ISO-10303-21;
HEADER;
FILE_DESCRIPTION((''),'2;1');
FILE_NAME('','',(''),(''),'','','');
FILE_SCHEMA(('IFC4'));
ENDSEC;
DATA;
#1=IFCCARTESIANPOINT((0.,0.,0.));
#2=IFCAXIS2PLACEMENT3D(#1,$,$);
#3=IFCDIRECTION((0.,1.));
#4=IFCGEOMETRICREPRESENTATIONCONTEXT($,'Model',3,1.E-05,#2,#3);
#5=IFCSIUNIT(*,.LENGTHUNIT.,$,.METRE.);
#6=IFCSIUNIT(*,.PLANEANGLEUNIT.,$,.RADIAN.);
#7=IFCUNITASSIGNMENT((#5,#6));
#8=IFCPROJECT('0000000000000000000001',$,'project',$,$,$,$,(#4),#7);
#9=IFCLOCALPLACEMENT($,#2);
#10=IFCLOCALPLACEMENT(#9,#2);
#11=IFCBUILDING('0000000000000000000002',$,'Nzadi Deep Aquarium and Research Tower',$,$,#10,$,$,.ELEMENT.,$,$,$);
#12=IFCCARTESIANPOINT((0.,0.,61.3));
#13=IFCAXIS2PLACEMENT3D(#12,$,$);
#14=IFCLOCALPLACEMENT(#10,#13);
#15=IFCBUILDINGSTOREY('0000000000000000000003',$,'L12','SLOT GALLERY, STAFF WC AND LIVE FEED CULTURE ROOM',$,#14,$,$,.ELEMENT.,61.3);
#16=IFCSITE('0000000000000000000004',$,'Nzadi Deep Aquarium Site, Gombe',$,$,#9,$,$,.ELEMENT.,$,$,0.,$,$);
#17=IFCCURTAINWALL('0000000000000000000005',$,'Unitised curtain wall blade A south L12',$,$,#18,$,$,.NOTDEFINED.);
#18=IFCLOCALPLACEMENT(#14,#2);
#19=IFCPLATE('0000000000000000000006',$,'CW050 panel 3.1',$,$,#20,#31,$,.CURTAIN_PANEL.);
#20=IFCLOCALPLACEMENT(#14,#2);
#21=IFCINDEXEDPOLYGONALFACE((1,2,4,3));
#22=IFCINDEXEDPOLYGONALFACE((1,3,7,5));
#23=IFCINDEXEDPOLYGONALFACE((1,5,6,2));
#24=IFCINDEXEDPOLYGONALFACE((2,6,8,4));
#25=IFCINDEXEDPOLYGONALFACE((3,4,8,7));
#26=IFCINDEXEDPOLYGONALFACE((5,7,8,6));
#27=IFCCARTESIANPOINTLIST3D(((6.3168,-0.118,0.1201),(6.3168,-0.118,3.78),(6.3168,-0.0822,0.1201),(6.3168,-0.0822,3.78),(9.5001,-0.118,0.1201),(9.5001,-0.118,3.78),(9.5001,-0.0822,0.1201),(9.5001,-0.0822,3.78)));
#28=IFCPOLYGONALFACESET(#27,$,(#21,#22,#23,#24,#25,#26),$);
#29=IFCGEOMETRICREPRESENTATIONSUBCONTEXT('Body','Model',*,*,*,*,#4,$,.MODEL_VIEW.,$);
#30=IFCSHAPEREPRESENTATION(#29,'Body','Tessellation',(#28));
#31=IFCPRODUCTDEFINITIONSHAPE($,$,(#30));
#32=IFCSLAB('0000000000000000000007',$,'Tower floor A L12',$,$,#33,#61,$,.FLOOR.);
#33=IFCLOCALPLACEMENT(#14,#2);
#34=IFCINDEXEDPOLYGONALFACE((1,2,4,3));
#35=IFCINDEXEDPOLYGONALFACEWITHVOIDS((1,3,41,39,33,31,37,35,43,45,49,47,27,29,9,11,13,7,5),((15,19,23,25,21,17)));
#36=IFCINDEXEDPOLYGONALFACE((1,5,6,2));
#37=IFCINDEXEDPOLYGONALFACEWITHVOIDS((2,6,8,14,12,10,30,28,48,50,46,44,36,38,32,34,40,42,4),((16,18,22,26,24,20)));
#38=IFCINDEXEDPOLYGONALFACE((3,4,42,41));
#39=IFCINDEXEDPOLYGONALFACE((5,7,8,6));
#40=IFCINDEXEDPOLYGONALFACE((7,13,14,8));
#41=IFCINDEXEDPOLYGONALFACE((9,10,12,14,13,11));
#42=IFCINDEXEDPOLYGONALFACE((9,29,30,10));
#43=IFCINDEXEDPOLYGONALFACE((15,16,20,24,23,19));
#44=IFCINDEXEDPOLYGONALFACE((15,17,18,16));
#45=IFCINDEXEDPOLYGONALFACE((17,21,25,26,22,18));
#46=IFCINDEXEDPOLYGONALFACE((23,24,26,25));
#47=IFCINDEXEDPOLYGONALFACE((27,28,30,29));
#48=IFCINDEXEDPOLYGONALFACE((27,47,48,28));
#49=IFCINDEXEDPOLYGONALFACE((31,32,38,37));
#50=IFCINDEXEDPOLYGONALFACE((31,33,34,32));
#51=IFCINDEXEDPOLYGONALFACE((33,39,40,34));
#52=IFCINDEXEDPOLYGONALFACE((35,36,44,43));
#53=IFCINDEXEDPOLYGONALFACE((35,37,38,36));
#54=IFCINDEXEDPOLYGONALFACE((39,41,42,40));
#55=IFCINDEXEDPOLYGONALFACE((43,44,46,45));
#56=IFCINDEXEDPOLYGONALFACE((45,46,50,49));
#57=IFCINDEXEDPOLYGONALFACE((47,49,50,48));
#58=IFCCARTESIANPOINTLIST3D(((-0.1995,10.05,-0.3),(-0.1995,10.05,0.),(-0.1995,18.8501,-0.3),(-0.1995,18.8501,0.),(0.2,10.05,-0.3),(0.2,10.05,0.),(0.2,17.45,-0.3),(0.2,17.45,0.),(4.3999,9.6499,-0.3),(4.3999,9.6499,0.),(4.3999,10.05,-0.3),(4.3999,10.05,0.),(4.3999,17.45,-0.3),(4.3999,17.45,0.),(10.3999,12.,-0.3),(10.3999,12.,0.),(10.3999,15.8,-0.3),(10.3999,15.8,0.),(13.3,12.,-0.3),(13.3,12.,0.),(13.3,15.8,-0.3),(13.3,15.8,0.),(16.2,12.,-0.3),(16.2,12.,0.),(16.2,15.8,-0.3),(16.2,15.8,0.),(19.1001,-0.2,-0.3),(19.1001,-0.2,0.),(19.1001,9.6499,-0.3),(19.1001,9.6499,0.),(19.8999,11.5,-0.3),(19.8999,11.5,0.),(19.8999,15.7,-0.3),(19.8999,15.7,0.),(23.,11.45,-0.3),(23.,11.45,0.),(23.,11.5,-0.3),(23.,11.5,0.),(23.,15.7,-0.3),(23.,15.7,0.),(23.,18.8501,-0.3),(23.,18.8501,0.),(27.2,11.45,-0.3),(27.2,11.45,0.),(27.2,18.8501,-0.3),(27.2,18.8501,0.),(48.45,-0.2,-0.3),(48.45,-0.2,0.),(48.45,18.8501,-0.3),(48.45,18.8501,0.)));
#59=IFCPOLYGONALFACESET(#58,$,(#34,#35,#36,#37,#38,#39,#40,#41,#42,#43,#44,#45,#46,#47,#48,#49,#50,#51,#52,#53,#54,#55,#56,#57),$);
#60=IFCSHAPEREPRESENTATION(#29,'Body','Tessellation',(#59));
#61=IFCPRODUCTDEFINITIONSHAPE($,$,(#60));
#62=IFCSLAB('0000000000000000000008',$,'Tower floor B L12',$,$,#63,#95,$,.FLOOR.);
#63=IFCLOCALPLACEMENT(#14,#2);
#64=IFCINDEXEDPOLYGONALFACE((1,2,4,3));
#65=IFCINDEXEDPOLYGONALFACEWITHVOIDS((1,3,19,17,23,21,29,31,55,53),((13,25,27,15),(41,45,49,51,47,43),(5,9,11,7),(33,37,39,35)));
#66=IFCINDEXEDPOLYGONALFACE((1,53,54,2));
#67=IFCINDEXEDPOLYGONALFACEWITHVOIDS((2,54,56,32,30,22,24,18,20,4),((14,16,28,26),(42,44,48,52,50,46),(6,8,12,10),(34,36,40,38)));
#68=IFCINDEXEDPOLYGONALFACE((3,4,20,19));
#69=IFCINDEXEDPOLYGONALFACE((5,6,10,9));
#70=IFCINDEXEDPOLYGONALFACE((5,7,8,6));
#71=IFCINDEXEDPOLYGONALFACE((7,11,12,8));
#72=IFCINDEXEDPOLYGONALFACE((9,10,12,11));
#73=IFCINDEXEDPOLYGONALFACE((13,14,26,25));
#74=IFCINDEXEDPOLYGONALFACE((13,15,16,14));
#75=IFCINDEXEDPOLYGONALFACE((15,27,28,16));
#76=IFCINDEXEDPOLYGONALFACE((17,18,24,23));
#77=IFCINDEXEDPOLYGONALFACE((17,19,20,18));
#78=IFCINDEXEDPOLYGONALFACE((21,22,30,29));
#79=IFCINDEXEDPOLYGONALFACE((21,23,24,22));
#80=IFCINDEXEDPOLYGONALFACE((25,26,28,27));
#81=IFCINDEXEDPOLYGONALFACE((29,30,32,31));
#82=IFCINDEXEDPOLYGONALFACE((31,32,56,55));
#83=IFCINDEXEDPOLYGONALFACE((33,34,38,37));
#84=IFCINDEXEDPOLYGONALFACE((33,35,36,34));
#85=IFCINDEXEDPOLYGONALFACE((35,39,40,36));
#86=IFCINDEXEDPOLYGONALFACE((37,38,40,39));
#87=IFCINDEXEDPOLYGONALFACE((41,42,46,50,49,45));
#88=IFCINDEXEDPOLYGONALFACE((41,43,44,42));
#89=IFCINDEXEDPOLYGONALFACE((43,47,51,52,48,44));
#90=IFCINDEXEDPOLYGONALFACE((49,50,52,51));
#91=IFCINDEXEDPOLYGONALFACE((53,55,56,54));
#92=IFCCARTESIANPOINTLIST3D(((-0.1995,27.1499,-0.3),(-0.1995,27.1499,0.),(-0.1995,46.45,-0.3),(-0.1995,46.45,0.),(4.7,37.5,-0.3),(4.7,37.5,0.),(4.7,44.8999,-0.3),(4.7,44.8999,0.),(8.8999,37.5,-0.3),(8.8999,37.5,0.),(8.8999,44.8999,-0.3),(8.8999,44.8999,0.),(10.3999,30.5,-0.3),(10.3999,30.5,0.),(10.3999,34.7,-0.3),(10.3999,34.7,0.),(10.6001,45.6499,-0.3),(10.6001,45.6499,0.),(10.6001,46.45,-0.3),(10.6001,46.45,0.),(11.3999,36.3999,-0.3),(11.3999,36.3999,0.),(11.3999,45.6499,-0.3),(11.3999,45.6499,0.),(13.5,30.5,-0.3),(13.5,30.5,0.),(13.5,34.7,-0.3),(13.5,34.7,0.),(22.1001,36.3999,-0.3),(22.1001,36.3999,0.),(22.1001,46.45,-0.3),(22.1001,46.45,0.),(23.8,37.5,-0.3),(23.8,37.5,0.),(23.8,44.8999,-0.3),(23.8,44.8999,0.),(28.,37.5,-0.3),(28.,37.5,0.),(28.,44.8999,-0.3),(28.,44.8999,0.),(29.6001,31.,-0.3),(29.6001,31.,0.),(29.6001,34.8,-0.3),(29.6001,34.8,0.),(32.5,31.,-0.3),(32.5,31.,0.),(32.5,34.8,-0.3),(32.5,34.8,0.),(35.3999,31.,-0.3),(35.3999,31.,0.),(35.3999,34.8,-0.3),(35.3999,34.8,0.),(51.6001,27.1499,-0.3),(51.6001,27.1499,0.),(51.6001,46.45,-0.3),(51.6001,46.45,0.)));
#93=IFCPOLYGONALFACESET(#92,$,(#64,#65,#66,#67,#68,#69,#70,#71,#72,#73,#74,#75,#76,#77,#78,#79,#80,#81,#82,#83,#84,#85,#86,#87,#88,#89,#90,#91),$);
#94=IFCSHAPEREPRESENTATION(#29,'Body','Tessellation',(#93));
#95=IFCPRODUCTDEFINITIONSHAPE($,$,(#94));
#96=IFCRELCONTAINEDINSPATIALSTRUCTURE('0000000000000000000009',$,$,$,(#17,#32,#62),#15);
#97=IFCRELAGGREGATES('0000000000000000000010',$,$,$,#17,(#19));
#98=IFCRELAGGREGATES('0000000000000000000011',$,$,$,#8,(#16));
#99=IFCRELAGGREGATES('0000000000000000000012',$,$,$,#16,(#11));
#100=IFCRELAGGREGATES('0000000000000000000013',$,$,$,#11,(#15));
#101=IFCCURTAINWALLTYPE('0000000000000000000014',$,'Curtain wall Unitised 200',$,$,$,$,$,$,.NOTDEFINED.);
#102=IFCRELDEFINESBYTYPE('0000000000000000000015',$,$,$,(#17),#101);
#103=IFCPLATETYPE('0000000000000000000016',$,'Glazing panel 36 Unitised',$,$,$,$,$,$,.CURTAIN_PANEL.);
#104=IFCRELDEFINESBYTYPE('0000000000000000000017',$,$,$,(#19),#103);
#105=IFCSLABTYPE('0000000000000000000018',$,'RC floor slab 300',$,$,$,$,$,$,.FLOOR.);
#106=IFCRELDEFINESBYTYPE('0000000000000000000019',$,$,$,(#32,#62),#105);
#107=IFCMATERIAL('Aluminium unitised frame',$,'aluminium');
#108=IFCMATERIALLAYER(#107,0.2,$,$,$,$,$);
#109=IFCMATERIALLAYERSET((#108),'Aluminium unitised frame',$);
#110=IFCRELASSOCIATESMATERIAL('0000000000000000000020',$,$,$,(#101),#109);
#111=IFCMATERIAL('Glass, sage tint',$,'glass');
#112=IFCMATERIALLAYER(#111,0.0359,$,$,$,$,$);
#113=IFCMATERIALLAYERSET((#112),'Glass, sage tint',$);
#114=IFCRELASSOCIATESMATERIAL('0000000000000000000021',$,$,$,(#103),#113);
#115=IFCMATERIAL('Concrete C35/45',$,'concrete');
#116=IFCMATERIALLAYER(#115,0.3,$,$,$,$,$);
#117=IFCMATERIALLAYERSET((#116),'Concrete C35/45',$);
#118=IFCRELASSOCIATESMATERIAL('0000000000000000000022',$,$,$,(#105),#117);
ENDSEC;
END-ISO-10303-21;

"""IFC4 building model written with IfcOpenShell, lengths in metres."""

from ifc_helpers import new_model, si_unit, direction, frame, origin, origin_2d, place, context, subcontext, project, spatial, polyline, rectangle, outline, extrude, material, layer, layer_set, type_object, element, aggregate, save


model = new_model("IFC4")

# Units and contexts
model_context = context("Model", 3, precision=1e-05, world=origin(), true_north=direction((0.0, 1.0)))
body_context = subcontext(model_context, "Body", "Model", "MODEL_VIEW")
ifc_project = project(units=[si_unit("LENGTHUNIT", "METRE"), si_unit("PLANEANGLEUNIT", "RADIAN")], contexts=[model_context])

# Site, building, storey
site_placement = place(None, origin())
site = spatial("IfcSite", under=ifc_project, at=site_placement, Name="Nzadi Deep Aquarium Site, Gombe", CompositionType="ELEMENT", RefElevation=0.0)
building_placement = place(site_placement, origin())
building = spatial("IfcBuilding", under=site, at=building_placement, Name="Nzadi Deep Aquarium and Research Tower", CompositionType="ELEMENT")
storey_placement = place(building_placement, frame((0.0, 0.0, 61.3)))
storey = spatial("IfcBuildingStorey", under=building, at=storey_placement, Name="L12", Description="SLOT GALLERY, STAFF WC AND LIVE FEED CULTURE ROOM", CompositionType="ELEMENT", Elevation=61.3)

# Curtain wall, plate
ifc_material_1 = material(Name="Aluminium unitised frame", Category="aluminium")
ifc_layer_1 = layer(ifc_material_1, 0.2)
ifc_layer_set_1 = layer_set([ifc_layer_1], Name="Aluminium unitised frame")
curtain_wall_type = type_object("IfcCurtainWallType", Name="Curtain wall Unitised 200", PredefinedType="NOTDEFINED", material=ifc_layer_set_1)
curtain_wall_placement = place(storey_placement, origin())
curtain_wall = element("IfcCurtainWall", 1, at=curtain_wall_placement, inside=storey, type_object=curtain_wall_type, Name="Unitised curtain wall blade A south L12", PredefinedType="NOTDEFINED")
ifc_material_2 = material(Name="Glass, sage tint", Category="glass")
ifc_layer_2 = layer(ifc_material_2, 0.0359)
ifc_layer_set_2 = layer_set([ifc_layer_2], Name="Glass, sage tint")
plate_type = type_object("IfcPlateType", Name="Glazing panel 36 Unitised", PredefinedType="CURTAIN_PANEL", material=ifc_layer_set_2)
plate_1_placement = place(storey_placement, frame((7.9084, -0.1001, 0.1201), z_axis=(0.0, 0.0, 1.0), x_axis=(1.0, 0.0, 0.0)))
plate_1 = element("IfcPlate", 2, at=plate_1_placement, type_object=plate_type, Name="CW050 panel 3.1", PredefinedType="CURTAIN_PANEL", context=body_context, shape_type="SweptSolid", body=[
    extrude(rectangle(XDim=3.1833, YDim=0.0359, at=origin_2d()), origin(), (0.0, 0.0, 1.0), 3.6599),
])
aggregate(curtain_wall, [plate_1])

# Slabs
ifc_material_3 = material(Name="Concrete C35/45", Category="concrete")
ifc_layer_3 = layer(ifc_material_3, 0.3)
ifc_layer_set_3 = layer_set([ifc_layer_3], Name="Concrete C35/45")
slab_type = type_object("IfcSlabType", Name="RC floor slab 300", PredefinedType="FLOOR", material=ifc_layer_set_3)
slab_1_placement = place(storey_placement, frame((0.0, 0.0, -0.3)))
element("IfcSlab", 3, at=slab_1_placement, inside=storey, type_object=slab_type, Name="Tower floor A L12", PredefinedType="FLOOR", context=body_context, shape_type="SweptSolid", body=[
    extrude(outline(polyline([(27.2, 18.8501), (27.2, 11.45), (23.0, 11.45), (23.0, 11.5), (19.8999, 11.5), (19.8999, 15.7), (23.0, 15.7), (23.0, 18.8501), (-0.1995, 18.8501), (-0.1995, 10.05), (0.2, 10.05), (0.2, 17.45), (4.3999, 17.45), (4.3999, 10.05), (4.3999, 9.6499), (19.1001, 9.6499), (19.1001, -0.2), (48.45, -0.2), (48.45, 18.8501), (27.2, 18.8501)]), holes=[polyline([(13.3, 12.0), (10.3999, 12.0), (10.3999, 15.8), (13.3, 15.8), (16.2, 15.8), (16.2, 12.0), (13.3, 12.0)])]), origin(), (0.0, 0.0, 1.0), 0.3),
])
slab_2_placement = place(storey_placement, frame((0.0, 0.0, -0.3)))
element("IfcSlab", 4, at=slab_2_placement, inside=storey, type_object=slab_type, Name="Tower floor B L12", PredefinedType="FLOOR", context=body_context, shape_type="SweptSolid", body=[
    extrude(outline(polyline([(-0.1995, 46.45), (-0.1995, 27.1499), (51.6001, 27.1499), (51.6001, 46.45), (22.1001, 46.45), (22.1001, 36.3999), (11.3999, 36.3999), (11.3999, 45.6499), (10.6001, 45.6499), (10.6001, 46.45), (-0.1995, 46.45)]), holes=[polyline([(4.7, 44.8999), (8.8999, 44.8999), (8.8999, 37.5), (4.7, 37.5), (4.7, 44.8999)]), polyline([(28.0, 44.8999), (28.0, 37.5), (23.8, 37.5), (23.8, 44.8999), (28.0, 44.8999)]), polyline([(13.5, 30.5), (10.3999, 30.5), (10.3999, 34.7), (13.5, 34.7), (13.5, 30.5)]), polyline([(29.6001, 31.0), (29.6001, 34.8), (32.5, 34.8), (35.3999, 34.8), (35.3999, 31.0), (32.5, 31.0), (29.6001, 31.0)])]), origin(), (0.0, 0.0, 1.0), 0.3),
])

save(model, "model.ifc")
